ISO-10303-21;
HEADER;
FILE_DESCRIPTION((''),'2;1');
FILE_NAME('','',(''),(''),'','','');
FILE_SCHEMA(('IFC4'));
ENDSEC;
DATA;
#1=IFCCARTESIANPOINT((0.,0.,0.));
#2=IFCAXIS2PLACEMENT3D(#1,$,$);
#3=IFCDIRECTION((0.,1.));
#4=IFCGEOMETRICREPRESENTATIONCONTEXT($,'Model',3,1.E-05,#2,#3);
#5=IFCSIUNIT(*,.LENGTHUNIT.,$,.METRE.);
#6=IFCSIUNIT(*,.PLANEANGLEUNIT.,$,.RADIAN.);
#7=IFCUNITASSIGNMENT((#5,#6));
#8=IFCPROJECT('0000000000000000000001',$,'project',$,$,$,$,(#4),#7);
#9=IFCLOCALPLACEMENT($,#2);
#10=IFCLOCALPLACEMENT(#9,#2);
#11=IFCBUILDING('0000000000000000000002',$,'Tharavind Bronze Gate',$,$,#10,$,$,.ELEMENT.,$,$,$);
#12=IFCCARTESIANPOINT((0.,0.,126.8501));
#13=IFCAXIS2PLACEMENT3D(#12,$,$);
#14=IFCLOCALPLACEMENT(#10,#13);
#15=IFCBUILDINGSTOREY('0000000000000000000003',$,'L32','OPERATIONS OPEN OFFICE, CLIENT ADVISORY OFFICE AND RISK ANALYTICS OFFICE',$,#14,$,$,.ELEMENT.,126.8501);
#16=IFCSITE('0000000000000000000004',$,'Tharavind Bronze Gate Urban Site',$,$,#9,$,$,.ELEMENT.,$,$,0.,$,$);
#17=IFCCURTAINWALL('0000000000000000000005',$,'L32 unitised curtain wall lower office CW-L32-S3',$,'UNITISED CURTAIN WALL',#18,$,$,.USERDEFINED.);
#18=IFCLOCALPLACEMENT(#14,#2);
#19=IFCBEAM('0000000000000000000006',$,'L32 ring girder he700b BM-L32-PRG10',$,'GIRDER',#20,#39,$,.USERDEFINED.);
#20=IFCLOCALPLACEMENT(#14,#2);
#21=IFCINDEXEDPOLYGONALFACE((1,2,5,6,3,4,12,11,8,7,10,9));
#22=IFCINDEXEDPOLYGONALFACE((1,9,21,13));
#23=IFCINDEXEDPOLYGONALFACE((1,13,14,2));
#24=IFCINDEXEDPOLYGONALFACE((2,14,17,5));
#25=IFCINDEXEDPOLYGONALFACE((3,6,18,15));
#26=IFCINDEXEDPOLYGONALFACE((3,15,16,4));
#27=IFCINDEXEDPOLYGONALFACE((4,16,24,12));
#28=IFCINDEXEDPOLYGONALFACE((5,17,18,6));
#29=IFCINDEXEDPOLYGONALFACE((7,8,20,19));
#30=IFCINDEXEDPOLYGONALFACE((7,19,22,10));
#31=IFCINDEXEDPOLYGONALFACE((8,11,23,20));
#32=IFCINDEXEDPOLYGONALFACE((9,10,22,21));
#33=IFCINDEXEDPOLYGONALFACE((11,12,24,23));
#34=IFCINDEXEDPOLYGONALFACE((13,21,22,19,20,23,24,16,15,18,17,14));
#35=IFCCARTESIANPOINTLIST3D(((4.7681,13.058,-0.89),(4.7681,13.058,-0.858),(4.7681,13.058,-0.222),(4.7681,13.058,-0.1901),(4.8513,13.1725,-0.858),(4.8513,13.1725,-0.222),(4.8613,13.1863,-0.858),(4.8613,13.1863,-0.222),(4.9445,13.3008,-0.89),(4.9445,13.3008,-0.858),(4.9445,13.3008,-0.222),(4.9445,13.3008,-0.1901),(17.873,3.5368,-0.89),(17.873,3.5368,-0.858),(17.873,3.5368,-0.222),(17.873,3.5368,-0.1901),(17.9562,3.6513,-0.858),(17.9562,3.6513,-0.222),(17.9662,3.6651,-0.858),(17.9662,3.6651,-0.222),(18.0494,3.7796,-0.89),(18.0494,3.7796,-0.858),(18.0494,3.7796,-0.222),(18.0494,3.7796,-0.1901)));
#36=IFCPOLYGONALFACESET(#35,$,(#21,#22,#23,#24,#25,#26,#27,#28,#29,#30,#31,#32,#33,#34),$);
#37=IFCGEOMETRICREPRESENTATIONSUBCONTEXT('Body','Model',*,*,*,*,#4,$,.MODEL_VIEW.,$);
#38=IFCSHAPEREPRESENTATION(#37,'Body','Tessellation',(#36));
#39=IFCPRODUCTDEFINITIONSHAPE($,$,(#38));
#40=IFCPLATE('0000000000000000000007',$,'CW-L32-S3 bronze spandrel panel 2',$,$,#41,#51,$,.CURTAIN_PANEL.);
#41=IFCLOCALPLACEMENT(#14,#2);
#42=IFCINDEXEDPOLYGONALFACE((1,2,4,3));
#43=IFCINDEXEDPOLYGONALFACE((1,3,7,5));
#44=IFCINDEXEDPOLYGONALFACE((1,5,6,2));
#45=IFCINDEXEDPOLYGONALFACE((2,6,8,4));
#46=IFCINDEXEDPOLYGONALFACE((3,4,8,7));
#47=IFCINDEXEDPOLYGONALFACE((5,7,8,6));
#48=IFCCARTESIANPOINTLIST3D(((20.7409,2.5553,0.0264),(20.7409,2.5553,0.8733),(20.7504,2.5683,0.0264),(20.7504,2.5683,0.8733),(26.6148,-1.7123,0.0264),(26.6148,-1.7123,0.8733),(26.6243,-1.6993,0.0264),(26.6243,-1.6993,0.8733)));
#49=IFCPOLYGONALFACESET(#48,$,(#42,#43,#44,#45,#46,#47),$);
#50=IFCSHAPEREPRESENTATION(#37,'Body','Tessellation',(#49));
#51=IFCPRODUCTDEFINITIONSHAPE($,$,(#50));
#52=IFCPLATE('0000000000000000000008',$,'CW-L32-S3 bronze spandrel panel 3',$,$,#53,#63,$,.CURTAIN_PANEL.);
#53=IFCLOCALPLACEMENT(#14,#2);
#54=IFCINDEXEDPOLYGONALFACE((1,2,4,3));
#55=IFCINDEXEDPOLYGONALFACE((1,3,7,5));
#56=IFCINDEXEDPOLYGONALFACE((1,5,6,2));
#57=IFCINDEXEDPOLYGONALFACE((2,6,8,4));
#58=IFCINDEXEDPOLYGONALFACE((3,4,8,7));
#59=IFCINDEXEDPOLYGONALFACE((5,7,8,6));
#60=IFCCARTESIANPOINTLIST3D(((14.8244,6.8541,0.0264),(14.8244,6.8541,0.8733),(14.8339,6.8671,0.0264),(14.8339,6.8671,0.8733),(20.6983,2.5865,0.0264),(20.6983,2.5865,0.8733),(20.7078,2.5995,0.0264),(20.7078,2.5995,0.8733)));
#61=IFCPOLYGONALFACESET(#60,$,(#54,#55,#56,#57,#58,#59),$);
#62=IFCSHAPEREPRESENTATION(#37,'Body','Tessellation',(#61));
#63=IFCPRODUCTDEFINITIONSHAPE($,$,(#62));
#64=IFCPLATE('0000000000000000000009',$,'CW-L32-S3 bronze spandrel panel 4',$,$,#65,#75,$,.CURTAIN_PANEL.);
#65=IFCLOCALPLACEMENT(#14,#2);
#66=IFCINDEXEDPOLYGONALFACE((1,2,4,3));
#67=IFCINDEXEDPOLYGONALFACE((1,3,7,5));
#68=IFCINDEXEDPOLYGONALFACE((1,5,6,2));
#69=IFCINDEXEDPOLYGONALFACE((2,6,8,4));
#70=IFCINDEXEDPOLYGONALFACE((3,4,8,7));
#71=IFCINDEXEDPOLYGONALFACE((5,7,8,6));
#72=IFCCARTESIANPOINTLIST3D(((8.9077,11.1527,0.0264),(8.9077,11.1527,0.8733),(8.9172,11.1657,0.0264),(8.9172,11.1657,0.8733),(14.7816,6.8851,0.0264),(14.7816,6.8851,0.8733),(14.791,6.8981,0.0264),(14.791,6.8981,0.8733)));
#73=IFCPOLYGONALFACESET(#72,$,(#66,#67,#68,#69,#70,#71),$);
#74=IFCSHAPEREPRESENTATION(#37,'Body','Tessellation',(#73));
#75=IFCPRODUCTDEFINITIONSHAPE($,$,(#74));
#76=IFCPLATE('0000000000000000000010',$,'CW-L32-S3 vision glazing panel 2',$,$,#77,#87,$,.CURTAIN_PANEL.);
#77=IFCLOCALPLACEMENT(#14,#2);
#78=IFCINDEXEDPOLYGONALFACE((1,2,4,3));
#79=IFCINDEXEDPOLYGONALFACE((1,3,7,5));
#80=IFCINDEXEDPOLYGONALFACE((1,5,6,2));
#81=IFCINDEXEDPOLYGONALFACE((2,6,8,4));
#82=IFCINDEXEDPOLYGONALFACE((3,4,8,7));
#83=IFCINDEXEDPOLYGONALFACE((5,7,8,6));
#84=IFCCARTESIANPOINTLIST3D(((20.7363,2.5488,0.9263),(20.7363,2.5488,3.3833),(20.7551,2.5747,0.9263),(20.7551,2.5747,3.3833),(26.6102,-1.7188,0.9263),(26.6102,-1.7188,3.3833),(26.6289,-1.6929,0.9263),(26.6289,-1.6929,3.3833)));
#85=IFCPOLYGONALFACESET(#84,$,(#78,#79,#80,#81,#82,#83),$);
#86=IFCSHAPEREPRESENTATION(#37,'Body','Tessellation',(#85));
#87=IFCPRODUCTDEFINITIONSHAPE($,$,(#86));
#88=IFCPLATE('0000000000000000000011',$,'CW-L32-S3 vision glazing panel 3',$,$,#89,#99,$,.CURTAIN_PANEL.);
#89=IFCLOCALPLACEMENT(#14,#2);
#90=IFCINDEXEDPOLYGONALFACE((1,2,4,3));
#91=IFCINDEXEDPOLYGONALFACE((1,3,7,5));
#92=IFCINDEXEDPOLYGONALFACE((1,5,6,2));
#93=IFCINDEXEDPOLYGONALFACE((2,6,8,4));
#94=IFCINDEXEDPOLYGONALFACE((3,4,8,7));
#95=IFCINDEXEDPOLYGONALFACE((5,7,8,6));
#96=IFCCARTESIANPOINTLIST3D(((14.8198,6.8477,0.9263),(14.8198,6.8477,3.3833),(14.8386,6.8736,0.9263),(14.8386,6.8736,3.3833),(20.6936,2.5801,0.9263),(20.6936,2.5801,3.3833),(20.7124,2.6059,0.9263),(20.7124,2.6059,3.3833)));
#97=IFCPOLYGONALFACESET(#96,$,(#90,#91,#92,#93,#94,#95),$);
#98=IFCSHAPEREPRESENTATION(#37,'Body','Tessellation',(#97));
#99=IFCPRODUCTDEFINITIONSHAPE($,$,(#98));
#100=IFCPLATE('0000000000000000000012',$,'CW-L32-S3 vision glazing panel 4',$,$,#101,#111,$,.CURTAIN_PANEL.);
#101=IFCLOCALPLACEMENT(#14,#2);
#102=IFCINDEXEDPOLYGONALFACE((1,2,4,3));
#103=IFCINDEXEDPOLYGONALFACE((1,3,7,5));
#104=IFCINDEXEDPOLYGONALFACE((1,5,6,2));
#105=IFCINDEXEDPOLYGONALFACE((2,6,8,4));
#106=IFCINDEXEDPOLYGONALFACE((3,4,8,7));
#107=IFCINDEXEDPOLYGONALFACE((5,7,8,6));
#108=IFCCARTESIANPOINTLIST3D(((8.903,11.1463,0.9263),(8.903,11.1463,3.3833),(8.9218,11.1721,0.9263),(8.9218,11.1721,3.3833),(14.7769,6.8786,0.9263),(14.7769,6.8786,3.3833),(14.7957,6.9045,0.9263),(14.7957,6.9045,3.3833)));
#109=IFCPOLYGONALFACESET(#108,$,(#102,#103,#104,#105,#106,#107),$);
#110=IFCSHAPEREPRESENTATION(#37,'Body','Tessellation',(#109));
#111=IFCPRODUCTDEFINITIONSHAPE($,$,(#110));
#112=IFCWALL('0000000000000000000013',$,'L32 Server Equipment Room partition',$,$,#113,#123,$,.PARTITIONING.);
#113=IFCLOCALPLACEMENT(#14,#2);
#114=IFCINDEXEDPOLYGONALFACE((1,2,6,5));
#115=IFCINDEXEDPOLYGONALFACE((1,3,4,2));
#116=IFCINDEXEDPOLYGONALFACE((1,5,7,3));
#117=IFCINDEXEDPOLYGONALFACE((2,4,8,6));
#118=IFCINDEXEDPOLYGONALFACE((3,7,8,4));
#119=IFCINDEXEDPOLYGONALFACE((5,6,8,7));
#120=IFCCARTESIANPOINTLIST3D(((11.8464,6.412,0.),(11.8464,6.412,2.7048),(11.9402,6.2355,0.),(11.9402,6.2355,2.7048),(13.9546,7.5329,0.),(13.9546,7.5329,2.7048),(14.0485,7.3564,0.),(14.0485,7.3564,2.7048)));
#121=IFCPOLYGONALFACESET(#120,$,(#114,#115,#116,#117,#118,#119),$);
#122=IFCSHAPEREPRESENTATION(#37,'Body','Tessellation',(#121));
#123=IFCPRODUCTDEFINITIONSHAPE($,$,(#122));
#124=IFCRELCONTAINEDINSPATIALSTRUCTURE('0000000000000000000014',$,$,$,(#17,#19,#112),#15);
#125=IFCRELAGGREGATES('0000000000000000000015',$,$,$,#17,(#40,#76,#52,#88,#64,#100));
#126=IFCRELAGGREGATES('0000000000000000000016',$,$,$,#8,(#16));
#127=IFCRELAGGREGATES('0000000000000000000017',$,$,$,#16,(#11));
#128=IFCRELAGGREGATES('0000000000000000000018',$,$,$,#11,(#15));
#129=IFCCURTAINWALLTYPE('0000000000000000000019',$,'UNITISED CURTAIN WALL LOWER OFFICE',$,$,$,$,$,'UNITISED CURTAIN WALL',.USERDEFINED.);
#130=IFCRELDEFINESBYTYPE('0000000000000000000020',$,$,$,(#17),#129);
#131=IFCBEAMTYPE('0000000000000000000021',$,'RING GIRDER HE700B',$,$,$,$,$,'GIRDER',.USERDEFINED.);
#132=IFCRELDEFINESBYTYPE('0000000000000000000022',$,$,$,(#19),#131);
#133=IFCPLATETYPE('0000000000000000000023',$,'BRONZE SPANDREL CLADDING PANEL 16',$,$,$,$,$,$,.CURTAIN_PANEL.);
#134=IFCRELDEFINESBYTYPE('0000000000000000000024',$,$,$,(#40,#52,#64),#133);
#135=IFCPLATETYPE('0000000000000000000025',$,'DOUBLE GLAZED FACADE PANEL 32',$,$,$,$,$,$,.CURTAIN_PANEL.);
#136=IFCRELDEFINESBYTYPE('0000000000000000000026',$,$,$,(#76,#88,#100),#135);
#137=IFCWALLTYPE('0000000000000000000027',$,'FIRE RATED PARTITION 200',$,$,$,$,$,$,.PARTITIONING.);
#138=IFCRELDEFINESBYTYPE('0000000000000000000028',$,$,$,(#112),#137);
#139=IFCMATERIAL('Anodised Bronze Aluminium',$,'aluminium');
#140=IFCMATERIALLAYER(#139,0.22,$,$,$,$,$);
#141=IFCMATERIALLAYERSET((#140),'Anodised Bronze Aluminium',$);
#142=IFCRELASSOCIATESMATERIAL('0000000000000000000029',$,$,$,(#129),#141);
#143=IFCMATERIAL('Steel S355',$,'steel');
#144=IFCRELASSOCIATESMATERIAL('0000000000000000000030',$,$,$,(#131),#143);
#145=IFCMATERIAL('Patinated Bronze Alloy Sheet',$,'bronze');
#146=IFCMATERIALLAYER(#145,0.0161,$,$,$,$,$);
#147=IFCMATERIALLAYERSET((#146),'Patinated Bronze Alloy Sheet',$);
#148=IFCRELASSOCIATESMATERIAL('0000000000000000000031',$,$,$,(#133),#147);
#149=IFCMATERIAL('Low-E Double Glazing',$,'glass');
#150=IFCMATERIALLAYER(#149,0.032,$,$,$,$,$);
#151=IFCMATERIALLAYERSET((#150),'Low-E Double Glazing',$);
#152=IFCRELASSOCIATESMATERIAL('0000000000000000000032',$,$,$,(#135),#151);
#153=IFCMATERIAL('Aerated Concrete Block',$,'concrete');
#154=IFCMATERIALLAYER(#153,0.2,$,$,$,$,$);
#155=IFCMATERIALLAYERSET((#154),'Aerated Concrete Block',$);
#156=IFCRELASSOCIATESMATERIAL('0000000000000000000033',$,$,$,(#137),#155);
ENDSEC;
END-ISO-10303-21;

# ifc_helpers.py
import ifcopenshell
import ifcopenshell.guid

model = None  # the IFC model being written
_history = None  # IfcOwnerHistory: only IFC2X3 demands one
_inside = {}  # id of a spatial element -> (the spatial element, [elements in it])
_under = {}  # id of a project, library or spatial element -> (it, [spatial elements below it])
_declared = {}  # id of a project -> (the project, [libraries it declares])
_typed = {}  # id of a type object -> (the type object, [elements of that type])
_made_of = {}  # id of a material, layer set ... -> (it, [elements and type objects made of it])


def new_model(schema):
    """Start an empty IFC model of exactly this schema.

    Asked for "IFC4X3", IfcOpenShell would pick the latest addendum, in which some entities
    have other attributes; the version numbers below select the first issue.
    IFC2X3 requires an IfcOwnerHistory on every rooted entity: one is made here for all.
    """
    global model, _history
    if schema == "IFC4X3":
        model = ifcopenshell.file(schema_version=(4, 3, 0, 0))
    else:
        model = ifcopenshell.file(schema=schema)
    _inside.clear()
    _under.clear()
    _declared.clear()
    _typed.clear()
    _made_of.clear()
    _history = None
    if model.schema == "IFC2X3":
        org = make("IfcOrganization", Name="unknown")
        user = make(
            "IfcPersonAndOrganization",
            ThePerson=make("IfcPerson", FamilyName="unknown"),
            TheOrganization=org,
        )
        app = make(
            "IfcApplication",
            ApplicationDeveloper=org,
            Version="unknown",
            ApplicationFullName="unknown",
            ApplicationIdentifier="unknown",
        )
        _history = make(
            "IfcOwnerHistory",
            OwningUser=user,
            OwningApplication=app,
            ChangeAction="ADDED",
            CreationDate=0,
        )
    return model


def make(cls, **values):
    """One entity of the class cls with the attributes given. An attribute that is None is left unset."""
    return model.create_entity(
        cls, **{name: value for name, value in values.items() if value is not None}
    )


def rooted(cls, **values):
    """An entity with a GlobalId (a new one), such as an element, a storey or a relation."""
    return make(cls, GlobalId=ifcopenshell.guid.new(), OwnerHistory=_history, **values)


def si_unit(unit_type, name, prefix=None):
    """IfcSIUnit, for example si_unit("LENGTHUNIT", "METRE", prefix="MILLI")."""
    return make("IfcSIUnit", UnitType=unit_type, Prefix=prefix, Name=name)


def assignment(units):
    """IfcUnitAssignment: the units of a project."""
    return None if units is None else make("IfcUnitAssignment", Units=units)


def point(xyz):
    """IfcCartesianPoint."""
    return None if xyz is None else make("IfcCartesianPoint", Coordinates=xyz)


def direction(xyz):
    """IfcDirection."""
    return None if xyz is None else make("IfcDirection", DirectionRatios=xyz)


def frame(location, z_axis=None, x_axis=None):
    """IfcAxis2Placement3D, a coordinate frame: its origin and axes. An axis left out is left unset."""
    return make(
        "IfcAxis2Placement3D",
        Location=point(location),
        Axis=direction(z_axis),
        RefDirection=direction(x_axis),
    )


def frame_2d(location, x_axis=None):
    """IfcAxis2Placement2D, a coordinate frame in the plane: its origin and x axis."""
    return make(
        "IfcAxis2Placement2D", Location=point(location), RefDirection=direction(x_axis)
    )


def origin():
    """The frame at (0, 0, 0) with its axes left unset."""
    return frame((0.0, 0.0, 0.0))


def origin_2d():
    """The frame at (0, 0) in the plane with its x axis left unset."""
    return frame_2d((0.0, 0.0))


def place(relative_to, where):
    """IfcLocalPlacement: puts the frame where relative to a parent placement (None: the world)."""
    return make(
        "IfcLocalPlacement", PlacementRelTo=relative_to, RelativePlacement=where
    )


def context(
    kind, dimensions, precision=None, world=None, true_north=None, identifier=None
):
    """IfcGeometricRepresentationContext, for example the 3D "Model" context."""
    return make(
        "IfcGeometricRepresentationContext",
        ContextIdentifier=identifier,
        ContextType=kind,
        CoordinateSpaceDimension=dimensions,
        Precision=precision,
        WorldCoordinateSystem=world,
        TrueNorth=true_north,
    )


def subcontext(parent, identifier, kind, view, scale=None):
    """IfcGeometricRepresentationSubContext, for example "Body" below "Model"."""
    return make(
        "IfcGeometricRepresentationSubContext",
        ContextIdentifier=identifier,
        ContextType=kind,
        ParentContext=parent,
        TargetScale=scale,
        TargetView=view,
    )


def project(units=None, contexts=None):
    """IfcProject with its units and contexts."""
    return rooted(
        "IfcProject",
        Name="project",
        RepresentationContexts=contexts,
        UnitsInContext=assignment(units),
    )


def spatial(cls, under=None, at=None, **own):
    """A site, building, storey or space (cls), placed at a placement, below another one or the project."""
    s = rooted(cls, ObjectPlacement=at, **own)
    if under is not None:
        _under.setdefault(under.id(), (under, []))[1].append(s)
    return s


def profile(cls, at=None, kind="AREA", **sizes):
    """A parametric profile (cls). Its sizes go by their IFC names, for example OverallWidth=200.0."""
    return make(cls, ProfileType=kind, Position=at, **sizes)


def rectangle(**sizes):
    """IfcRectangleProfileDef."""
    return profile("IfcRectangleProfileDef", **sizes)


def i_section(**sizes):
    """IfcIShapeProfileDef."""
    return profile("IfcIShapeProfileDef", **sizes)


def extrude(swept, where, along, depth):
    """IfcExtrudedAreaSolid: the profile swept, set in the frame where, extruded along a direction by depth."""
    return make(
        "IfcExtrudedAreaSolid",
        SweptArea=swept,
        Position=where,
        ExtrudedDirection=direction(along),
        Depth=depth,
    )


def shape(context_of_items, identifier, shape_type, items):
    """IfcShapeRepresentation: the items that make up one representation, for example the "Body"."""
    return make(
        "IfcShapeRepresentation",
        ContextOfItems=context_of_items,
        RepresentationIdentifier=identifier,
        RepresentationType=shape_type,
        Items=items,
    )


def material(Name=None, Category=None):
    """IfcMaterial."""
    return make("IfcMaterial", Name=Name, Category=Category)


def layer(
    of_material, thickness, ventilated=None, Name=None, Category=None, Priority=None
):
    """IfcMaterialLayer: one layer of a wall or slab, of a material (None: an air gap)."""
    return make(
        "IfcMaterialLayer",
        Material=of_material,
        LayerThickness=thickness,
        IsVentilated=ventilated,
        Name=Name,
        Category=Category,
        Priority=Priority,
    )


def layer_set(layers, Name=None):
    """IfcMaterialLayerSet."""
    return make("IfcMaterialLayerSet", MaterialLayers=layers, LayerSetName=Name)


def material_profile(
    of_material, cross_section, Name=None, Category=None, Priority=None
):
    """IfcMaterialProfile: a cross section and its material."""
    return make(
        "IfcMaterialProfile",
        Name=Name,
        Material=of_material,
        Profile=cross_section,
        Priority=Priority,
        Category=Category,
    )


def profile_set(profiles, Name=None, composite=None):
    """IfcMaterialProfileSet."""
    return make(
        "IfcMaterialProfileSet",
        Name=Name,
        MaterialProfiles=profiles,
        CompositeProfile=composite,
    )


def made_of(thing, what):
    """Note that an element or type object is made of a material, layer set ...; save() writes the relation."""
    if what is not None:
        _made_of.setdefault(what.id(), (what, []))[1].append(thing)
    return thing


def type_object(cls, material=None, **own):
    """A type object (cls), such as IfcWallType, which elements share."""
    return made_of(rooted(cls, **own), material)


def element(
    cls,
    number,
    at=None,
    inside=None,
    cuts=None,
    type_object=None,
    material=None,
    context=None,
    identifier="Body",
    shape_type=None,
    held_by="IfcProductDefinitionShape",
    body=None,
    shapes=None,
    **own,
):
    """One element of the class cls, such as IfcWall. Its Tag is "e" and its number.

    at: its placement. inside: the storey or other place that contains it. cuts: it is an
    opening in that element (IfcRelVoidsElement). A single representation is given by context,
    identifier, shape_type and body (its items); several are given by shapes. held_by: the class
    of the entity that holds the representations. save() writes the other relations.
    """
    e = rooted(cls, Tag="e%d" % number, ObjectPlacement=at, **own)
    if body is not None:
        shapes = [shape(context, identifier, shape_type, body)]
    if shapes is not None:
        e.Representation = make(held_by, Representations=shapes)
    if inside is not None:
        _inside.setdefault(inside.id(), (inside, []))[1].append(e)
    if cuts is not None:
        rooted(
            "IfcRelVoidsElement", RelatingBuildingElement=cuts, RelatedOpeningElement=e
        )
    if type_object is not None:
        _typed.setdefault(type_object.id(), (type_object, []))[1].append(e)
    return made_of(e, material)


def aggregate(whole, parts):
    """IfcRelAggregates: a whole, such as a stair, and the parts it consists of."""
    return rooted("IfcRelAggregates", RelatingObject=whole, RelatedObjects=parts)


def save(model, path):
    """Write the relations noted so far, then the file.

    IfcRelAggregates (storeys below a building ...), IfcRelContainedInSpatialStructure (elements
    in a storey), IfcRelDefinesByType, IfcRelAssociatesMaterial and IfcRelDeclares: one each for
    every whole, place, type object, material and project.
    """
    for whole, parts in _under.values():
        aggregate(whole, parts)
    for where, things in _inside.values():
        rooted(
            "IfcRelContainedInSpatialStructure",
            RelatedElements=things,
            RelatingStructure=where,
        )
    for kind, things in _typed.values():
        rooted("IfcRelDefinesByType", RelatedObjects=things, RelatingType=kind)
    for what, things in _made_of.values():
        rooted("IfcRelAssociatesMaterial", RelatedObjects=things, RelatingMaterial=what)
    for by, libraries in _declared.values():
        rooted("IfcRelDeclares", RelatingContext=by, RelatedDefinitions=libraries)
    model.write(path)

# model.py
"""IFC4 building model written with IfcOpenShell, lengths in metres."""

from ifc_helpers import new_model, si_unit, direction, frame, frame_2d, origin, origin_2d, place, context, subcontext, project, spatial, rectangle, i_section, extrude, material, layer, layer_set, material_profile, profile_set, type_object, element, aggregate, save


model = new_model("IFC4")

# Units and contexts
model_context = context("Model", 3, precision=1e-05, world=origin(), true_north=direction((0.0, 1.0)))
body_context = subcontext(model_context, "Body", "Model", "MODEL_VIEW")
ifc_project = project(units=[si_unit("LENGTHUNIT", "METRE"), si_unit("PLANEANGLEUNIT", "RADIAN")], contexts=[model_context])

# Site, building, storey
site_placement = place(None, origin())
site = spatial("IfcSite", under=ifc_project, at=site_placement, Name="Tharavind Bronze Gate Urban Site", CompositionType="ELEMENT", RefElevation=0.0)
building_placement = place(site_placement, origin())
building = spatial("IfcBuilding", under=site, at=building_placement, Name="Tharavind Bronze Gate", CompositionType="ELEMENT")
storey_placement = place(building_placement, frame((0.0, 0.0, 126.8501)))
storey = spatial("IfcBuildingStorey", under=building, at=storey_placement, Name="L32", Description="OPERATIONS OPEN OFFICE, CLIENT ADVISORY OFFICE AND RISK ANALYTICS OFFICE", CompositionType="ELEMENT", Elevation=126.8501)

# Curtain wall
ifc_material_1 = material(Name="Anodised Bronze Aluminium", Category="aluminium")
ifc_layer_1 = layer(ifc_material_1, 0.22)
ifc_layer_set_1 = layer_set([ifc_layer_1], Name="Anodised Bronze Aluminium")
curtain_wall_type = type_object("IfcCurtainWallType", Name="UNITISED CURTAIN WALL LOWER OFFICE", ElementType="UNITISED CURTAIN WALL", PredefinedType="USERDEFINED", material=ifc_layer_set_1)
curtain_wall_placement = place(storey_placement, origin())
curtain_wall = element("IfcCurtainWall", 1, at=curtain_wall_placement, inside=storey, type_object=curtain_wall_type, Name="L32 unitised curtain wall lower office CW-L32-S3", ObjectType="UNITISED CURTAIN WALL", PredefinedType="USERDEFINED")

# Beam
ifc_material_2 = material(Name="Steel S355", Category="steel")
ifc_material_profile_1 = material_profile(ifc_material_2, i_section(OverallWidth=0.3, OverallDepth=0.7, WebThickness=0.0171, FlangeThickness=0.032, at=origin_2d()), Name="HE700B")
ifc_profile_set_1 = profile_set([ifc_material_profile_1], Name="Steel S355")
beam_type_1 = type_object("IfcBeamType", Name="RING GIRDER HE700B", ElementType="GIRDER", PredefinedType="USERDEFINED", material=ifc_profile_set_1)
beam_1_placement = place(storey_placement, frame((17.9612, 3.6582, -0.54), z_axis=(-0.80902, 0.587782, 0.0), x_axis=(-0.587782, -0.80902, 0.0)))
element("IfcBeam", 2, at=beam_1_placement, inside=storey, type_object=beam_type_1, Name="L32 ring girder he700b BM-L32-PRG10", ObjectType="GIRDER", PredefinedType="USERDEFINED", context=body_context, shape_type="SweptSolid", body=[
    extrude(i_section(OverallWidth=0.3, OverallDepth=0.7, WebThickness=0.0171, FlangeThickness=0.032, at=origin_2d()), origin(), (0.0, 0.0, 1.0), 16.1985),
])

# Plates
ifc_material_3 = material(Name="Patinated Bronze Alloy Sheet", Category="bronze")
ifc_layer_2 = layer(ifc_material_3, 0.0161)
ifc_layer_set_2 = layer_set([ifc_layer_2], Name="Patinated Bronze Alloy Sheet")
plate_type_1 = type_object("IfcPlateType", Name="BRONZE SPANDREL CLADDING PANEL 16", PredefinedType="CURTAIN_PANEL", material=ifc_layer_set_2)
plate_1_placement = place(storey_placement, frame((23.6826, 0.428, 0.0264), z_axis=(0.0, 0.0, 1.0), x_axis=(-0.809017, 0.587785, 0.0)))
plate_1 = element("IfcPlate", 3, at=plate_1_placement, type_object=plate_type_1, Name="CW-L32-S3 bronze spandrel panel 2", PredefinedType="CURTAIN_PANEL", context=body_context, shape_type="SweptSolid", body=[
    extrude(rectangle(XDim=7.2605, YDim=0.0161, at=origin_2d()), origin(), (0.0, 0.0, 1.0), 0.8469),
])
plate_2_placement = place(storey_placement, frame((17.7661, 4.7268, 0.0264), z_axis=(0.0, 0.0, 1.0), x_axis=(-0.809017, 0.587785, 0.0)))
plate_2 = element("IfcPlate", 4, at=plate_2_placement, type_object=plate_type_1, Name="CW-L32-S3 bronze spandrel panel 3", PredefinedType="CURTAIN_PANEL", context=body_context, shape_type="SweptSolid", body=[
    extrude(rectangle(XDim=7.2605, YDim=0.0161, at=origin_2d()), origin(), (0.0, 0.0, 1.0), 0.8469),
])
plate_3_placement = place(storey_placement, frame((11.8494, 9.0254, 0.0264), z_axis=(0.0, 0.0, 1.0), x_axis=(-0.809017, 0.587785, 0.0)))
plate_3 = element("IfcPlate", 5, at=plate_3_placement, type_object=plate_type_1, Name="CW-L32-S3 bronze spandrel panel 4", PredefinedType="CURTAIN_PANEL", context=body_context, shape_type="SweptSolid", body=[
    extrude(rectangle(XDim=7.2605, YDim=0.0161, at=origin_2d()), origin(), (0.0, 0.0, 1.0), 0.8469),
])
ifc_material_4 = material(Name="Low-E Double Glazing", Category="glass")
ifc_layer_3 = layer(ifc_material_4, 0.032)
ifc_layer_set_3 = layer_set([ifc_layer_3], Name="Low-E Double Glazing")
plate_type_2 = type_object("IfcPlateType", Name="DOUBLE GLAZED FACADE PANEL 32", PredefinedType="CURTAIN_PANEL", material=ifc_layer_set_3)
plate_4_placement = place(storey_placement, frame((23.6826, 0.428, 0.9263), z_axis=(0.0, 0.0, 1.0), x_axis=(-0.809017, 0.587785, 0.0)))
plate_4 = element("IfcPlate", 6, at=plate_4_placement, type_object=plate_type_2, Name="CW-L32-S3 vision glazing panel 2", PredefinedType="CURTAIN_PANEL", context=body_context, shape_type="SweptSolid", body=[
    extrude(rectangle(XDim=7.2605, YDim=0.032, at=origin_2d()), origin(), (0.0, 0.0, 1.0), 2.457),
])
plate_5_placement = place(storey_placement, frame((17.7661, 4.7268, 0.9263), z_axis=(0.0, 0.0, 1.0), x_axis=(-0.809017, 0.587785, 0.0)))
plate_5 = element("IfcPlate", 7, at=plate_5_placement, type_object=plate_type_2, Name="CW-L32-S3 vision glazing panel 3", PredefinedType="CURTAIN_PANEL", context=body_context, shape_type="SweptSolid", body=[
    extrude(rectangle(XDim=7.2605, YDim=0.032, at=origin_2d()), origin(), (0.0, 0.0, 1.0), 2.457),
])
plate_6_placement = place(storey_placement, frame((11.8494, 9.0254, 0.9263), z_axis=(0.0, 0.0, 1.0), x_axis=(-0.809017, 0.587785, 0.0)))
plate_6 = element("IfcPlate", 8, at=plate_6_placement, type_object=plate_type_2, Name="CW-L32-S3 vision glazing panel 4", PredefinedType="CURTAIN_PANEL", context=body_context, shape_type="SweptSolid", body=[
    extrude(rectangle(XDim=7.2605, YDim=0.032, at=origin_2d()), origin(), (0.0, 0.0, 1.0), 2.457),
])
aggregate(curtain_wall, [plate_1, plate_4, plate_2, plate_5, plate_3, plate_6])

# Wall
ifc_material_5 = material(Name="Aerated Concrete Block", Category="concrete")
ifc_layer_4 = layer(ifc_material_5, 0.2)
ifc_layer_set_4 = layer_set([ifc_layer_4], Name="Aerated Concrete Block")
wall_type = type_object("IfcWallType", Name="FIRE RATED PARTITION 200", PredefinedType="PARTITIONING", material=ifc_layer_set_4)
wall_placement = place(storey_placement, frame((11.8933, 6.3237, 0.0), z_axis=(0.0, 0.0, 1.0), x_axis=(0.882961, 0.469447, 0.0)))
element("IfcWall", 9, at=wall_placement, inside=storey, type_object=wall_type, Name="L32 Server Equipment Room partition", PredefinedType="PARTITIONING", context=body_context, shape_type="SweptSolid", body=[
    extrude(rectangle(XDim=2.3877, YDim=0.2, at=frame_2d((1.1938, 0.0))), origin(), (0.0, 0.0, 1.0), 2.7048),
])

save(model, "model.ifc")
